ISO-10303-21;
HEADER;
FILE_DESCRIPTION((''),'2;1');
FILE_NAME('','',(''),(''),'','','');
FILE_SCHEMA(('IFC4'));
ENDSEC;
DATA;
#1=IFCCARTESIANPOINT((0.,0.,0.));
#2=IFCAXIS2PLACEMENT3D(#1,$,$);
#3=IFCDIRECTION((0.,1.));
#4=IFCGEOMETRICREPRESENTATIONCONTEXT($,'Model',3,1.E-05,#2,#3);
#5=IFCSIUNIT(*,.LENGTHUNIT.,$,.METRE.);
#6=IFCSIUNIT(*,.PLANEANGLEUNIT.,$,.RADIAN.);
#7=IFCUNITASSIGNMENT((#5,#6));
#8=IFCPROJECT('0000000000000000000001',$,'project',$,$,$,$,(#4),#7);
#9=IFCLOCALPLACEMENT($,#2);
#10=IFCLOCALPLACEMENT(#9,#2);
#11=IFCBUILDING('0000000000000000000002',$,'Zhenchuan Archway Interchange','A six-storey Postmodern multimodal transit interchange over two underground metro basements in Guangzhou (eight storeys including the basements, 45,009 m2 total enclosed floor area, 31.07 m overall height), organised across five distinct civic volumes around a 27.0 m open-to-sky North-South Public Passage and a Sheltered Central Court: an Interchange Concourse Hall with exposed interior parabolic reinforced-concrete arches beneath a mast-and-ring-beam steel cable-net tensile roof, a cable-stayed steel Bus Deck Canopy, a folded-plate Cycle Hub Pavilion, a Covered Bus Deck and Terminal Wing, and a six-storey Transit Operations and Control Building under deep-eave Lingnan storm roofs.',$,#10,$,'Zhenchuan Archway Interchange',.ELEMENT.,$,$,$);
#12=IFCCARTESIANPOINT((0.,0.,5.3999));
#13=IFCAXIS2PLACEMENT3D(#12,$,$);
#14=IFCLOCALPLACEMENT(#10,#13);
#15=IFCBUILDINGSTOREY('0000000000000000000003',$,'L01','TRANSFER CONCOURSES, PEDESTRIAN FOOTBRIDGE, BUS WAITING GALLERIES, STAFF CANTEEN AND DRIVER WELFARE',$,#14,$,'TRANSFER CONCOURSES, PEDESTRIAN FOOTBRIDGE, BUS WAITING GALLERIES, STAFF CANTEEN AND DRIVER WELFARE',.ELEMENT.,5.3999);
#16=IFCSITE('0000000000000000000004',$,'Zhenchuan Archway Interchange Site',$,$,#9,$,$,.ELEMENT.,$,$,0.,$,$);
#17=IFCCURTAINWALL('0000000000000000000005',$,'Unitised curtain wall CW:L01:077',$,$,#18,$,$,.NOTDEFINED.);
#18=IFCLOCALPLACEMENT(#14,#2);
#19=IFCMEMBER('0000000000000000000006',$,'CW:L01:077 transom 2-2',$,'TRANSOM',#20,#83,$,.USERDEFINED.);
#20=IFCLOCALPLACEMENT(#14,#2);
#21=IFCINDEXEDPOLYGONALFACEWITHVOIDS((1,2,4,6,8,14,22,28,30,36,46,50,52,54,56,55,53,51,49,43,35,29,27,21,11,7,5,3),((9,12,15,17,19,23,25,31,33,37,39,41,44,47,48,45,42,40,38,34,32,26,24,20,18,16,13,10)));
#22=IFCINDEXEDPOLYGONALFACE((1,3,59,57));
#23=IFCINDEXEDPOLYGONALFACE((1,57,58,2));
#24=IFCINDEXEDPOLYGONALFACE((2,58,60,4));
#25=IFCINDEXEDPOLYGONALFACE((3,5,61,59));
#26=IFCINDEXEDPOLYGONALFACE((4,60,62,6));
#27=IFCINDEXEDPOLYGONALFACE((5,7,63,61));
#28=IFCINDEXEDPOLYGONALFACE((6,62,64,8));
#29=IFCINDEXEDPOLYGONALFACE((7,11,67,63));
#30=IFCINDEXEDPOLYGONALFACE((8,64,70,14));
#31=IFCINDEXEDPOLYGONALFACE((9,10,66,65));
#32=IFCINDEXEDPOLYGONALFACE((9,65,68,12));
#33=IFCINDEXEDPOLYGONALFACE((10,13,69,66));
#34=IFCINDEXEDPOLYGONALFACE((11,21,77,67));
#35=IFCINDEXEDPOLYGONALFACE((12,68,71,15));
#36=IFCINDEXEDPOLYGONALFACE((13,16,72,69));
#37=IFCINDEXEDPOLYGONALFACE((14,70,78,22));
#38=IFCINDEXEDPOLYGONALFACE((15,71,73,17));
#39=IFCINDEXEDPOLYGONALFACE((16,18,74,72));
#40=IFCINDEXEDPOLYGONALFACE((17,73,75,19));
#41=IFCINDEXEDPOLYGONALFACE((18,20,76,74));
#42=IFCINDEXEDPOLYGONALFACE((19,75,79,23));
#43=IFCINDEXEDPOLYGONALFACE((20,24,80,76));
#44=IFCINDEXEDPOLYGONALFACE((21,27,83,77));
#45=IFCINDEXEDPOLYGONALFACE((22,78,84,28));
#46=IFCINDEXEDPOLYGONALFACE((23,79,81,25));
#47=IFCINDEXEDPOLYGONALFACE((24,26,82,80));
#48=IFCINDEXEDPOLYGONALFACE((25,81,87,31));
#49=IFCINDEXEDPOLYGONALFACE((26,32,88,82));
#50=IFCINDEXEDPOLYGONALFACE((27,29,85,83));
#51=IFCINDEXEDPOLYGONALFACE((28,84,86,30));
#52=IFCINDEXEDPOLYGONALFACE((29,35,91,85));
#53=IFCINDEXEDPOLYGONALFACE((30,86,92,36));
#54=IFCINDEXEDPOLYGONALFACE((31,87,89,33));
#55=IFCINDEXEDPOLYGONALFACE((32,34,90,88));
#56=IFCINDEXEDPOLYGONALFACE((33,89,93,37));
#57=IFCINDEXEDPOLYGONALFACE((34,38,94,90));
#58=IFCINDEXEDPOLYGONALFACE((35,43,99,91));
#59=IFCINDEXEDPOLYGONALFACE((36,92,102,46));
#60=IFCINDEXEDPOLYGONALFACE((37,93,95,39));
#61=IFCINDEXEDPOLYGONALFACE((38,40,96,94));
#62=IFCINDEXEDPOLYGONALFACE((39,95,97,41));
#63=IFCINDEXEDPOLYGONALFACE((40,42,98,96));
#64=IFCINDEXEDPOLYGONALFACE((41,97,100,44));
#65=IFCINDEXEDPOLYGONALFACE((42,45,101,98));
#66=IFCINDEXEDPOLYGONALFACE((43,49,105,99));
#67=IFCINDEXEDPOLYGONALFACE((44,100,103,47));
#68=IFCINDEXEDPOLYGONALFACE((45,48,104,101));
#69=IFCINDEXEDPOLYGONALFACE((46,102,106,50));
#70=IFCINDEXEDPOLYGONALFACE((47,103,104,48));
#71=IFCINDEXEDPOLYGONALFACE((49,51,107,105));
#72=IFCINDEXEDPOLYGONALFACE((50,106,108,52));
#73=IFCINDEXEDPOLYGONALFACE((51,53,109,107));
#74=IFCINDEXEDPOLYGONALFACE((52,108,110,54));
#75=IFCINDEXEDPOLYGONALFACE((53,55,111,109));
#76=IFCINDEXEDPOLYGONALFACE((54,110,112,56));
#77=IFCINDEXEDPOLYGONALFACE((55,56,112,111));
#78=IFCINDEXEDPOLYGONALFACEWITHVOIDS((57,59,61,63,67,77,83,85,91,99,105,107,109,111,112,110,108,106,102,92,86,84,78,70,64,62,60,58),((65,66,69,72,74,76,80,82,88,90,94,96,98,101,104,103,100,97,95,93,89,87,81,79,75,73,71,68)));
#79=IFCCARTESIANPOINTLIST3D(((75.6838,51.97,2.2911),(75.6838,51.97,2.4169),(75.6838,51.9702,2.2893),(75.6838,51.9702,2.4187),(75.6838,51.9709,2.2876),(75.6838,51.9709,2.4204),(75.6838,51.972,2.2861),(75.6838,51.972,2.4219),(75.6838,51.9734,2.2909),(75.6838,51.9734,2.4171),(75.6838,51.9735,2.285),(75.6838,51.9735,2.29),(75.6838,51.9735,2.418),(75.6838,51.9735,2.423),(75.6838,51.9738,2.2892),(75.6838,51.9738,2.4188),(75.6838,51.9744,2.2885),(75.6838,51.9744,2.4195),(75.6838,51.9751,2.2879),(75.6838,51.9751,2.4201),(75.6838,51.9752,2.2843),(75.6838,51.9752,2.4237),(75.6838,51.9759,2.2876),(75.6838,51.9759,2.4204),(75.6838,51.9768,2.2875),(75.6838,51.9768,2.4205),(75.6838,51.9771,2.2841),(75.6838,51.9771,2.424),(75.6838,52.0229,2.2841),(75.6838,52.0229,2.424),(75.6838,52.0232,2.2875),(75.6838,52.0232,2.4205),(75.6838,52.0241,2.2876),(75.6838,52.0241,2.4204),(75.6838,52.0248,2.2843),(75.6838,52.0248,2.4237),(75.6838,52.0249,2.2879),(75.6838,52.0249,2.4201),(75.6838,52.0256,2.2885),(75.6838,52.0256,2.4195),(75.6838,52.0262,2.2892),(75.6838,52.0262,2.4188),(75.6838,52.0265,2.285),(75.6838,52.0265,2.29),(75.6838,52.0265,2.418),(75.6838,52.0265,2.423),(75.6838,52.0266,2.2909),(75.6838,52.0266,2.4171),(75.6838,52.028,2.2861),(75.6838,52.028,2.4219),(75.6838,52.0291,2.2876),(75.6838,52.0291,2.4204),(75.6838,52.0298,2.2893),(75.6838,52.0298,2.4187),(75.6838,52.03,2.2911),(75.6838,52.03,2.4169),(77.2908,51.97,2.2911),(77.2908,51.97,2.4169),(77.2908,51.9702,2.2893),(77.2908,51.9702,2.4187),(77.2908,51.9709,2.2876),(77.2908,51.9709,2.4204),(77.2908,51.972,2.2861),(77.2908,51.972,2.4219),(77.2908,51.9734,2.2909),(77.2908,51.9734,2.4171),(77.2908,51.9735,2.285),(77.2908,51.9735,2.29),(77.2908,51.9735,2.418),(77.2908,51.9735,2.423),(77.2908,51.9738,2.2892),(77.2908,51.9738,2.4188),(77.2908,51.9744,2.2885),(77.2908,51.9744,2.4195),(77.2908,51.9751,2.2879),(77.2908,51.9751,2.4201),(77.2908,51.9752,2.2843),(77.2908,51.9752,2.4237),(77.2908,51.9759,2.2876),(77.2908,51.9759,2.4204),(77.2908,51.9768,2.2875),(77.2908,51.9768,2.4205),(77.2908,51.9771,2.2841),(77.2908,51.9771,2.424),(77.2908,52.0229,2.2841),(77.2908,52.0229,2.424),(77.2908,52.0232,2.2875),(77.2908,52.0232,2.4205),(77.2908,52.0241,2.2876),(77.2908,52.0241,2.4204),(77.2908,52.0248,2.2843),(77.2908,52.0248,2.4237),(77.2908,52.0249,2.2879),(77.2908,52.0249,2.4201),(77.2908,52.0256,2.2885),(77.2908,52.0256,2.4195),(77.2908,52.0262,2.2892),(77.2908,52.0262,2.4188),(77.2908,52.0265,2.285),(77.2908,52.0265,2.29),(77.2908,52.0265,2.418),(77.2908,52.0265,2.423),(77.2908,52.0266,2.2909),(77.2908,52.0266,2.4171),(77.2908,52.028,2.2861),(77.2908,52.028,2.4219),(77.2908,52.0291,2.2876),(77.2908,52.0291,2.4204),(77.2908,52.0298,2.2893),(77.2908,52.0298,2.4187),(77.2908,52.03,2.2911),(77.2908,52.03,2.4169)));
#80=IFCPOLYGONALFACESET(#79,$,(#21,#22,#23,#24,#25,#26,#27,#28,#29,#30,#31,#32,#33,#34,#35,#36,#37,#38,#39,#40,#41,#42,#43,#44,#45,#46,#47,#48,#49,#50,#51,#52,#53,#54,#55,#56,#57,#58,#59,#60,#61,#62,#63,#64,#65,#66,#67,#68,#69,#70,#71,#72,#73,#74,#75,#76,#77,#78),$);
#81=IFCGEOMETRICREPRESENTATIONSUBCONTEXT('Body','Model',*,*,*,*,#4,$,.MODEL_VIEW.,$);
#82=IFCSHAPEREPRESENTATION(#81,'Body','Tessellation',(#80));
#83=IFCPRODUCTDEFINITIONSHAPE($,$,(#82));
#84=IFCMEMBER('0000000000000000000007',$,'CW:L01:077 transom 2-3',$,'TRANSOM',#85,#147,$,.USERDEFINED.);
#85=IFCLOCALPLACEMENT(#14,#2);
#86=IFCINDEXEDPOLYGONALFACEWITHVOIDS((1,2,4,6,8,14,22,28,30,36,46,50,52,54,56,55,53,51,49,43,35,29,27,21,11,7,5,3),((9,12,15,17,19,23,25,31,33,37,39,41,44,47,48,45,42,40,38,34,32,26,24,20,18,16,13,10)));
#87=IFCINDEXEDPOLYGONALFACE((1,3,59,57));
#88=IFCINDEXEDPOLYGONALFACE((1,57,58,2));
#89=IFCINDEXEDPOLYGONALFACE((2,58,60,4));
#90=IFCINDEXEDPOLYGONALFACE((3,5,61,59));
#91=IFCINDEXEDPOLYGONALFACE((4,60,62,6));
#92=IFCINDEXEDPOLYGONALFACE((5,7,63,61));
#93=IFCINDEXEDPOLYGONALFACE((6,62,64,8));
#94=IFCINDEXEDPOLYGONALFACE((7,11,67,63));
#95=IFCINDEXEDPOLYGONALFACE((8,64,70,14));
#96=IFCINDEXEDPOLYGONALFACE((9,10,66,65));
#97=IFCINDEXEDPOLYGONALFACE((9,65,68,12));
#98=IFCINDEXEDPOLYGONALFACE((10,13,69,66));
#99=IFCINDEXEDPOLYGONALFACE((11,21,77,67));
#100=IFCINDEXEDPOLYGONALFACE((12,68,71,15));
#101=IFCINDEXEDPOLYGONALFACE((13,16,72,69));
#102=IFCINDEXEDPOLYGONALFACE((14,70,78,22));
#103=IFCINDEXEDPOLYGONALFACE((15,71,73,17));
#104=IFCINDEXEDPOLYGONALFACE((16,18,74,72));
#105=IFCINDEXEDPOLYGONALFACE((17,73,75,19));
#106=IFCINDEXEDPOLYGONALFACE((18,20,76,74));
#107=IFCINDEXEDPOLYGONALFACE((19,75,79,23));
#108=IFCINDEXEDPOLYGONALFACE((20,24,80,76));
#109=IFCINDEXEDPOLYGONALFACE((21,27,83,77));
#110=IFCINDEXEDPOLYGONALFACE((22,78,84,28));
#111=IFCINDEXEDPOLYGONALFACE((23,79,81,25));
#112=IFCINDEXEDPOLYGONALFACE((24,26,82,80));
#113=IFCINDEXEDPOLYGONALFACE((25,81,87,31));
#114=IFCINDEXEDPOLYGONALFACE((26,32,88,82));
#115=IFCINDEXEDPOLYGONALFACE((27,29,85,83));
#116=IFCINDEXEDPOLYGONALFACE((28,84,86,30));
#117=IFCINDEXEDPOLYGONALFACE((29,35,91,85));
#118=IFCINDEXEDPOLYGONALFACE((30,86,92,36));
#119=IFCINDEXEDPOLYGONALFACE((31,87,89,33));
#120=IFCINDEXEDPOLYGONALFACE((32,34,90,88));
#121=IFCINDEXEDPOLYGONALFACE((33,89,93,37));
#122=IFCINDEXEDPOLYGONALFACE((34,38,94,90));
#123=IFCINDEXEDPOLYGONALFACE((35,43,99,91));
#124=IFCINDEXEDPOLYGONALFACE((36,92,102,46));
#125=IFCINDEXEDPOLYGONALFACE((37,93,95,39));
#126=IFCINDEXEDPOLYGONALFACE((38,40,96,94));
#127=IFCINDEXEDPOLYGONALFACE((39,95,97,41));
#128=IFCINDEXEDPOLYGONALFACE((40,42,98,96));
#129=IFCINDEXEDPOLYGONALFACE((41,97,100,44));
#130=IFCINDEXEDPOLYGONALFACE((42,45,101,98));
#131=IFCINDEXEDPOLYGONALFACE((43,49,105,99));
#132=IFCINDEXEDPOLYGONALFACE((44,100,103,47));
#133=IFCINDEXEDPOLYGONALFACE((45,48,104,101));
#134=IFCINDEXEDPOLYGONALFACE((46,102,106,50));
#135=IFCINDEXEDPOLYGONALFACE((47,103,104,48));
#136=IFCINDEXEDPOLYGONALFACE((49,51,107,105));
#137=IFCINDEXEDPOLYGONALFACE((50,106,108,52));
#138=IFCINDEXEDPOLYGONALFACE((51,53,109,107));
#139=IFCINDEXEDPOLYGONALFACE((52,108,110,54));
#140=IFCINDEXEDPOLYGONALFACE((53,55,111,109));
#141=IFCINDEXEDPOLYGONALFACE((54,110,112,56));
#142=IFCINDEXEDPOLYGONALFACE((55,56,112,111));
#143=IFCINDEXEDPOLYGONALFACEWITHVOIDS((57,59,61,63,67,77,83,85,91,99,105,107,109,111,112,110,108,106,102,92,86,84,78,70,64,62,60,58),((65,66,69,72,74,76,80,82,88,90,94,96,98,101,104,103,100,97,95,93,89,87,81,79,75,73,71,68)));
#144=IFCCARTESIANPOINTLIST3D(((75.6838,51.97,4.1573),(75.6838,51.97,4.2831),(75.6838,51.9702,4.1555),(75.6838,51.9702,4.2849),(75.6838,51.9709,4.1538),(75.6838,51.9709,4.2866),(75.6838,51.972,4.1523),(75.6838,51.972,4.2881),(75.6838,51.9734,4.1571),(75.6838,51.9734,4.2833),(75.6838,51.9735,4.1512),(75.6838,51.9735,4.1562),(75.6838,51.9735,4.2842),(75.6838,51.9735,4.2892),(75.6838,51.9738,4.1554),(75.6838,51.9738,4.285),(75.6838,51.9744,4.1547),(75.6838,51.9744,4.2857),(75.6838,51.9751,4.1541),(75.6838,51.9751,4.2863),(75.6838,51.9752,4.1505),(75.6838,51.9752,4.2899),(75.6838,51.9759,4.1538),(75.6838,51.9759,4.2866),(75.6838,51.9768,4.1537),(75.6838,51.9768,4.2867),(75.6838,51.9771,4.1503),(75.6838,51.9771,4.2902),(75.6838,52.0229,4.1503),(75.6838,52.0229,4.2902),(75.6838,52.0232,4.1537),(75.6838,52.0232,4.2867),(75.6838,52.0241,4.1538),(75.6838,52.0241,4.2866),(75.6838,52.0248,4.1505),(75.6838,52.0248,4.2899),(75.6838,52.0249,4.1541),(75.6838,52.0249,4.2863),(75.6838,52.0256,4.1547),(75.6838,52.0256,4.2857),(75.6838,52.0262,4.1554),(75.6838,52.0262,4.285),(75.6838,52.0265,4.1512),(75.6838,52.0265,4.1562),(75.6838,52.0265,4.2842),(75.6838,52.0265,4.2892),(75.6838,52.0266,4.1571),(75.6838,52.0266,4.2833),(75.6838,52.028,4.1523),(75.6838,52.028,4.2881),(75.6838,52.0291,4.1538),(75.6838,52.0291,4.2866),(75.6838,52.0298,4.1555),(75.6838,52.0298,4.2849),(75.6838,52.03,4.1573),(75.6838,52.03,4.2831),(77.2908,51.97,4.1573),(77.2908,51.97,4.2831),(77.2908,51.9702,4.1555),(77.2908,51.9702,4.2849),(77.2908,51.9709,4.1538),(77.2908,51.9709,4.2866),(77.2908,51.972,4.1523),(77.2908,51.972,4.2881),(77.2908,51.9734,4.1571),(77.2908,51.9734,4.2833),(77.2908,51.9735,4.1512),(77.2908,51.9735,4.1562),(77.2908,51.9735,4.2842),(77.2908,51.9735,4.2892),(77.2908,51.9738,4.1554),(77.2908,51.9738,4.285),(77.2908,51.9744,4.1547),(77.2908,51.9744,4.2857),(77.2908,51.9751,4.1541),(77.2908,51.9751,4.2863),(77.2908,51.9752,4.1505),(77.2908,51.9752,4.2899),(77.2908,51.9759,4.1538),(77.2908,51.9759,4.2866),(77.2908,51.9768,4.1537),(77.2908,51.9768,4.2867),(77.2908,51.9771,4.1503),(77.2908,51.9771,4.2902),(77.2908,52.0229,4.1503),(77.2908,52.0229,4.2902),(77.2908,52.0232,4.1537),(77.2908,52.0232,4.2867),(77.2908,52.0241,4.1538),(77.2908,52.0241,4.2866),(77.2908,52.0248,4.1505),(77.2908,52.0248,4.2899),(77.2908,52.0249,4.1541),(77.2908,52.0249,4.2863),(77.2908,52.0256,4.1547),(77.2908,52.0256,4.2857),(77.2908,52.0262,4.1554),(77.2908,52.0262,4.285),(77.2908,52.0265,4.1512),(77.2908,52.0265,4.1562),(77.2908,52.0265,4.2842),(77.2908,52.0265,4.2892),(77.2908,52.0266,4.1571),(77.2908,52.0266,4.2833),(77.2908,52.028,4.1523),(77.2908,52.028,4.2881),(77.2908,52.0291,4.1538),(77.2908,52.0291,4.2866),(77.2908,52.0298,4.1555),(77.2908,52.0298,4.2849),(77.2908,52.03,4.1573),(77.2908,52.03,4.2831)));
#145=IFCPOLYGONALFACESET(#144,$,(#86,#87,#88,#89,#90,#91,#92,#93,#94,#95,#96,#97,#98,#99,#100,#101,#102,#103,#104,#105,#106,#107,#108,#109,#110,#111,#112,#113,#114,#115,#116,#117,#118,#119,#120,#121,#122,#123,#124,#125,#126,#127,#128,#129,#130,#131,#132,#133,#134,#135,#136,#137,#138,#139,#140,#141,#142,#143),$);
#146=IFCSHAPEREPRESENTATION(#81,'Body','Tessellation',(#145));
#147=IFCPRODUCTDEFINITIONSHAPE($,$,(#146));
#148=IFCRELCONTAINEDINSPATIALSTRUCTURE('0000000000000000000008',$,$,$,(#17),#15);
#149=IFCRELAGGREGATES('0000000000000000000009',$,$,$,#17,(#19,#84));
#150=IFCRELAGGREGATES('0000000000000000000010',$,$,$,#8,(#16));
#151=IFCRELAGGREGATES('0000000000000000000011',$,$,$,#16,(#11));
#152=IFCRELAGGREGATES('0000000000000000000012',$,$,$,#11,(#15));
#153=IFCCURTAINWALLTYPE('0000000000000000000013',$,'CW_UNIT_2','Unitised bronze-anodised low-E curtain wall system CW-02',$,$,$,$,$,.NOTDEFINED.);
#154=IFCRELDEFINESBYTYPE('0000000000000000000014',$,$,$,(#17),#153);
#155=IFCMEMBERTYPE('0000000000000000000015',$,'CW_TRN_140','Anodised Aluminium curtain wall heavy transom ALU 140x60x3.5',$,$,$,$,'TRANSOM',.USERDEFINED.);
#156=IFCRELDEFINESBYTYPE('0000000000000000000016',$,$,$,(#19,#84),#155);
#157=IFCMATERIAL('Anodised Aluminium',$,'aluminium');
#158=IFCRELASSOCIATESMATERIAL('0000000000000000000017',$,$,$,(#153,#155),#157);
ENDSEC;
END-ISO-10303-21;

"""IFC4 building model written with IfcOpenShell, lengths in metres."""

from ifc_helpers import new_model, si_unit, direction, frame, origin, origin_2d, place, context, subcontext, project, spatial, hollow_rectangle, extrude, material, material_profile, profile_set, type_object, element, aggregate, save


model = new_model("IFC4")

# Units and contexts
model_context = context("Model", 3, precision=1e-05, world=origin(), true_north=direction((0.0, 1.0)))
body_context = subcontext(model_context, "Body", "Model", "MODEL_VIEW")
ifc_project = project(units=[si_unit("LENGTHUNIT", "METRE"), si_unit("PLANEANGLEUNIT", "RADIAN")], contexts=[model_context])

# Site, building, storey
site_placement = place(None, origin())
site = spatial("IfcSite", under=ifc_project, at=site_placement, Name="Zhenchuan Archway Interchange Site", CompositionType="ELEMENT", RefElevation=0.0)
building_placement = place(site_placement, origin())
building = spatial("IfcBuilding", under=site, at=building_placement, Name="Zhenchuan Archway Interchange", Description="A six-storey Postmodern multimodal transit interchange over two underground metro basements in Guangzhou (eight storeys including the basements, 45,009 m2 total enclosed floor area, 31.07 m overall height), organised across five distinct civic volumes around a 27.0 m open-to-sky North-South Public Passage and a Sheltered Central Court: an Interchange Concourse Hall with exposed interior parabolic reinforced-concrete arches beneath a mast-and-ring-beam steel cable-net tensile roof, a cable-stayed steel Bus Deck Canopy, a folded-plate Cycle Hub Pavilion, a Covered Bus Deck and Terminal Wing, and a six-storey Transit Operations and Control Building under deep-eave Lingnan storm roofs.", LongName="Zhenchuan Archway Interchange", CompositionType="ELEMENT")
storey_placement = place(building_placement, frame((0.0, 0.0, 5.3999)))
storey = spatial("IfcBuildingStorey", under=building, at=storey_placement, Name="L01", Description="TRANSFER CONCOURSES, PEDESTRIAN FOOTBRIDGE, BUS WAITING GALLERIES, STAFF CANTEEN AND DRIVER WELFARE", LongName="TRANSFER CONCOURSES, PEDESTRIAN FOOTBRIDGE, BUS WAITING GALLERIES, STAFF CANTEEN AND DRIVER WELFARE", CompositionType="ELEMENT", Elevation=5.3999)

# Shared definitions
ifc_material_1 = material(Name="Anodised Aluminium", Category="aluminium")

# Curtain wall, members
curtain_wall_type_1 = type_object("IfcCurtainWallType", Name="CW_UNIT_2", Description="Unitised bronze-anodised low-E curtain wall system CW-02", PredefinedType="NOTDEFINED", material=ifc_material_1)
curtain_wall_1_placement = place(storey_placement, origin())
curtain_wall_1 = element("IfcCurtainWall", 1, at=curtain_wall_1_placement, inside=storey, type_object=curtain_wall_type_1, Name="Unitised curtain wall CW:L01:077", PredefinedType="NOTDEFINED")
ifc_material_profile_1 = material_profile(ifc_material_1, hollow_rectangle(XDim=0.0601, YDim=0.1399, WallThickness=0.0034, InnerFilletRadius=0.0034, OuterFilletRadius=0.0071, at=origin_2d()), Name="ALU 140x60x3.5")
ifc_profile_set_1 = profile_set([ifc_material_profile_1], Name="Anodised Aluminium")
member_type_1 = type_object("IfcMemberType", Name="CW_TRN_140", Description="Anodised Aluminium curtain wall heavy transom ALU 140x60x3.5", ElementType="TRANSOM", PredefinedType="USERDEFINED", material=ifc_profile_set_1)
member_1_placement = place(storey_placement, frame((77.2908, 52.0, 2.354), z_axis=(-1.0, 0.0, 0.0), x_axis=(0.0, -1.0, 0.0)))
member_1 = element("IfcMember", 2, at=member_1_placement, type_object=member_type_1, Name="CW:L01:077 transom 2-2", ObjectType="TRANSOM", PredefinedType="USERDEFINED", context=body_context, shape_type="SweptSolid", body=[
    extrude(hollow_rectangle(XDim=0.0601, YDim=0.1399, WallThickness=0.0034, InnerFilletRadius=0.0034, OuterFilletRadius=0.0071, at=origin_2d()), origin(), (0.0, 0.0, 1.0), 1.6069),
])
member_2_placement = place(storey_placement, frame((77.2908, 52.0, 4.2202), z_axis=(-1.0, 0.0, 0.0), x_axis=(0.0, -1.0, 0.0)))
member_2 = element("IfcMember", 3, at=member_2_placement, type_object=member_type_1, Name="CW:L01:077 transom 2-3", ObjectType="TRANSOM", PredefinedType="USERDEFINED", context=body_context, shape_type="SweptSolid", body=[
    extrude(hollow_rectangle(XDim=0.0601, YDim=0.1399, WallThickness=0.0034, InnerFilletRadius=0.0034, OuterFilletRadius=0.0071, at=origin_2d()), origin(), (0.0, 0.0, 1.0), 1.6069),
])
aggregate(curtain_wall_1, [member_1, member_2])

save(model, "model.ifc")
